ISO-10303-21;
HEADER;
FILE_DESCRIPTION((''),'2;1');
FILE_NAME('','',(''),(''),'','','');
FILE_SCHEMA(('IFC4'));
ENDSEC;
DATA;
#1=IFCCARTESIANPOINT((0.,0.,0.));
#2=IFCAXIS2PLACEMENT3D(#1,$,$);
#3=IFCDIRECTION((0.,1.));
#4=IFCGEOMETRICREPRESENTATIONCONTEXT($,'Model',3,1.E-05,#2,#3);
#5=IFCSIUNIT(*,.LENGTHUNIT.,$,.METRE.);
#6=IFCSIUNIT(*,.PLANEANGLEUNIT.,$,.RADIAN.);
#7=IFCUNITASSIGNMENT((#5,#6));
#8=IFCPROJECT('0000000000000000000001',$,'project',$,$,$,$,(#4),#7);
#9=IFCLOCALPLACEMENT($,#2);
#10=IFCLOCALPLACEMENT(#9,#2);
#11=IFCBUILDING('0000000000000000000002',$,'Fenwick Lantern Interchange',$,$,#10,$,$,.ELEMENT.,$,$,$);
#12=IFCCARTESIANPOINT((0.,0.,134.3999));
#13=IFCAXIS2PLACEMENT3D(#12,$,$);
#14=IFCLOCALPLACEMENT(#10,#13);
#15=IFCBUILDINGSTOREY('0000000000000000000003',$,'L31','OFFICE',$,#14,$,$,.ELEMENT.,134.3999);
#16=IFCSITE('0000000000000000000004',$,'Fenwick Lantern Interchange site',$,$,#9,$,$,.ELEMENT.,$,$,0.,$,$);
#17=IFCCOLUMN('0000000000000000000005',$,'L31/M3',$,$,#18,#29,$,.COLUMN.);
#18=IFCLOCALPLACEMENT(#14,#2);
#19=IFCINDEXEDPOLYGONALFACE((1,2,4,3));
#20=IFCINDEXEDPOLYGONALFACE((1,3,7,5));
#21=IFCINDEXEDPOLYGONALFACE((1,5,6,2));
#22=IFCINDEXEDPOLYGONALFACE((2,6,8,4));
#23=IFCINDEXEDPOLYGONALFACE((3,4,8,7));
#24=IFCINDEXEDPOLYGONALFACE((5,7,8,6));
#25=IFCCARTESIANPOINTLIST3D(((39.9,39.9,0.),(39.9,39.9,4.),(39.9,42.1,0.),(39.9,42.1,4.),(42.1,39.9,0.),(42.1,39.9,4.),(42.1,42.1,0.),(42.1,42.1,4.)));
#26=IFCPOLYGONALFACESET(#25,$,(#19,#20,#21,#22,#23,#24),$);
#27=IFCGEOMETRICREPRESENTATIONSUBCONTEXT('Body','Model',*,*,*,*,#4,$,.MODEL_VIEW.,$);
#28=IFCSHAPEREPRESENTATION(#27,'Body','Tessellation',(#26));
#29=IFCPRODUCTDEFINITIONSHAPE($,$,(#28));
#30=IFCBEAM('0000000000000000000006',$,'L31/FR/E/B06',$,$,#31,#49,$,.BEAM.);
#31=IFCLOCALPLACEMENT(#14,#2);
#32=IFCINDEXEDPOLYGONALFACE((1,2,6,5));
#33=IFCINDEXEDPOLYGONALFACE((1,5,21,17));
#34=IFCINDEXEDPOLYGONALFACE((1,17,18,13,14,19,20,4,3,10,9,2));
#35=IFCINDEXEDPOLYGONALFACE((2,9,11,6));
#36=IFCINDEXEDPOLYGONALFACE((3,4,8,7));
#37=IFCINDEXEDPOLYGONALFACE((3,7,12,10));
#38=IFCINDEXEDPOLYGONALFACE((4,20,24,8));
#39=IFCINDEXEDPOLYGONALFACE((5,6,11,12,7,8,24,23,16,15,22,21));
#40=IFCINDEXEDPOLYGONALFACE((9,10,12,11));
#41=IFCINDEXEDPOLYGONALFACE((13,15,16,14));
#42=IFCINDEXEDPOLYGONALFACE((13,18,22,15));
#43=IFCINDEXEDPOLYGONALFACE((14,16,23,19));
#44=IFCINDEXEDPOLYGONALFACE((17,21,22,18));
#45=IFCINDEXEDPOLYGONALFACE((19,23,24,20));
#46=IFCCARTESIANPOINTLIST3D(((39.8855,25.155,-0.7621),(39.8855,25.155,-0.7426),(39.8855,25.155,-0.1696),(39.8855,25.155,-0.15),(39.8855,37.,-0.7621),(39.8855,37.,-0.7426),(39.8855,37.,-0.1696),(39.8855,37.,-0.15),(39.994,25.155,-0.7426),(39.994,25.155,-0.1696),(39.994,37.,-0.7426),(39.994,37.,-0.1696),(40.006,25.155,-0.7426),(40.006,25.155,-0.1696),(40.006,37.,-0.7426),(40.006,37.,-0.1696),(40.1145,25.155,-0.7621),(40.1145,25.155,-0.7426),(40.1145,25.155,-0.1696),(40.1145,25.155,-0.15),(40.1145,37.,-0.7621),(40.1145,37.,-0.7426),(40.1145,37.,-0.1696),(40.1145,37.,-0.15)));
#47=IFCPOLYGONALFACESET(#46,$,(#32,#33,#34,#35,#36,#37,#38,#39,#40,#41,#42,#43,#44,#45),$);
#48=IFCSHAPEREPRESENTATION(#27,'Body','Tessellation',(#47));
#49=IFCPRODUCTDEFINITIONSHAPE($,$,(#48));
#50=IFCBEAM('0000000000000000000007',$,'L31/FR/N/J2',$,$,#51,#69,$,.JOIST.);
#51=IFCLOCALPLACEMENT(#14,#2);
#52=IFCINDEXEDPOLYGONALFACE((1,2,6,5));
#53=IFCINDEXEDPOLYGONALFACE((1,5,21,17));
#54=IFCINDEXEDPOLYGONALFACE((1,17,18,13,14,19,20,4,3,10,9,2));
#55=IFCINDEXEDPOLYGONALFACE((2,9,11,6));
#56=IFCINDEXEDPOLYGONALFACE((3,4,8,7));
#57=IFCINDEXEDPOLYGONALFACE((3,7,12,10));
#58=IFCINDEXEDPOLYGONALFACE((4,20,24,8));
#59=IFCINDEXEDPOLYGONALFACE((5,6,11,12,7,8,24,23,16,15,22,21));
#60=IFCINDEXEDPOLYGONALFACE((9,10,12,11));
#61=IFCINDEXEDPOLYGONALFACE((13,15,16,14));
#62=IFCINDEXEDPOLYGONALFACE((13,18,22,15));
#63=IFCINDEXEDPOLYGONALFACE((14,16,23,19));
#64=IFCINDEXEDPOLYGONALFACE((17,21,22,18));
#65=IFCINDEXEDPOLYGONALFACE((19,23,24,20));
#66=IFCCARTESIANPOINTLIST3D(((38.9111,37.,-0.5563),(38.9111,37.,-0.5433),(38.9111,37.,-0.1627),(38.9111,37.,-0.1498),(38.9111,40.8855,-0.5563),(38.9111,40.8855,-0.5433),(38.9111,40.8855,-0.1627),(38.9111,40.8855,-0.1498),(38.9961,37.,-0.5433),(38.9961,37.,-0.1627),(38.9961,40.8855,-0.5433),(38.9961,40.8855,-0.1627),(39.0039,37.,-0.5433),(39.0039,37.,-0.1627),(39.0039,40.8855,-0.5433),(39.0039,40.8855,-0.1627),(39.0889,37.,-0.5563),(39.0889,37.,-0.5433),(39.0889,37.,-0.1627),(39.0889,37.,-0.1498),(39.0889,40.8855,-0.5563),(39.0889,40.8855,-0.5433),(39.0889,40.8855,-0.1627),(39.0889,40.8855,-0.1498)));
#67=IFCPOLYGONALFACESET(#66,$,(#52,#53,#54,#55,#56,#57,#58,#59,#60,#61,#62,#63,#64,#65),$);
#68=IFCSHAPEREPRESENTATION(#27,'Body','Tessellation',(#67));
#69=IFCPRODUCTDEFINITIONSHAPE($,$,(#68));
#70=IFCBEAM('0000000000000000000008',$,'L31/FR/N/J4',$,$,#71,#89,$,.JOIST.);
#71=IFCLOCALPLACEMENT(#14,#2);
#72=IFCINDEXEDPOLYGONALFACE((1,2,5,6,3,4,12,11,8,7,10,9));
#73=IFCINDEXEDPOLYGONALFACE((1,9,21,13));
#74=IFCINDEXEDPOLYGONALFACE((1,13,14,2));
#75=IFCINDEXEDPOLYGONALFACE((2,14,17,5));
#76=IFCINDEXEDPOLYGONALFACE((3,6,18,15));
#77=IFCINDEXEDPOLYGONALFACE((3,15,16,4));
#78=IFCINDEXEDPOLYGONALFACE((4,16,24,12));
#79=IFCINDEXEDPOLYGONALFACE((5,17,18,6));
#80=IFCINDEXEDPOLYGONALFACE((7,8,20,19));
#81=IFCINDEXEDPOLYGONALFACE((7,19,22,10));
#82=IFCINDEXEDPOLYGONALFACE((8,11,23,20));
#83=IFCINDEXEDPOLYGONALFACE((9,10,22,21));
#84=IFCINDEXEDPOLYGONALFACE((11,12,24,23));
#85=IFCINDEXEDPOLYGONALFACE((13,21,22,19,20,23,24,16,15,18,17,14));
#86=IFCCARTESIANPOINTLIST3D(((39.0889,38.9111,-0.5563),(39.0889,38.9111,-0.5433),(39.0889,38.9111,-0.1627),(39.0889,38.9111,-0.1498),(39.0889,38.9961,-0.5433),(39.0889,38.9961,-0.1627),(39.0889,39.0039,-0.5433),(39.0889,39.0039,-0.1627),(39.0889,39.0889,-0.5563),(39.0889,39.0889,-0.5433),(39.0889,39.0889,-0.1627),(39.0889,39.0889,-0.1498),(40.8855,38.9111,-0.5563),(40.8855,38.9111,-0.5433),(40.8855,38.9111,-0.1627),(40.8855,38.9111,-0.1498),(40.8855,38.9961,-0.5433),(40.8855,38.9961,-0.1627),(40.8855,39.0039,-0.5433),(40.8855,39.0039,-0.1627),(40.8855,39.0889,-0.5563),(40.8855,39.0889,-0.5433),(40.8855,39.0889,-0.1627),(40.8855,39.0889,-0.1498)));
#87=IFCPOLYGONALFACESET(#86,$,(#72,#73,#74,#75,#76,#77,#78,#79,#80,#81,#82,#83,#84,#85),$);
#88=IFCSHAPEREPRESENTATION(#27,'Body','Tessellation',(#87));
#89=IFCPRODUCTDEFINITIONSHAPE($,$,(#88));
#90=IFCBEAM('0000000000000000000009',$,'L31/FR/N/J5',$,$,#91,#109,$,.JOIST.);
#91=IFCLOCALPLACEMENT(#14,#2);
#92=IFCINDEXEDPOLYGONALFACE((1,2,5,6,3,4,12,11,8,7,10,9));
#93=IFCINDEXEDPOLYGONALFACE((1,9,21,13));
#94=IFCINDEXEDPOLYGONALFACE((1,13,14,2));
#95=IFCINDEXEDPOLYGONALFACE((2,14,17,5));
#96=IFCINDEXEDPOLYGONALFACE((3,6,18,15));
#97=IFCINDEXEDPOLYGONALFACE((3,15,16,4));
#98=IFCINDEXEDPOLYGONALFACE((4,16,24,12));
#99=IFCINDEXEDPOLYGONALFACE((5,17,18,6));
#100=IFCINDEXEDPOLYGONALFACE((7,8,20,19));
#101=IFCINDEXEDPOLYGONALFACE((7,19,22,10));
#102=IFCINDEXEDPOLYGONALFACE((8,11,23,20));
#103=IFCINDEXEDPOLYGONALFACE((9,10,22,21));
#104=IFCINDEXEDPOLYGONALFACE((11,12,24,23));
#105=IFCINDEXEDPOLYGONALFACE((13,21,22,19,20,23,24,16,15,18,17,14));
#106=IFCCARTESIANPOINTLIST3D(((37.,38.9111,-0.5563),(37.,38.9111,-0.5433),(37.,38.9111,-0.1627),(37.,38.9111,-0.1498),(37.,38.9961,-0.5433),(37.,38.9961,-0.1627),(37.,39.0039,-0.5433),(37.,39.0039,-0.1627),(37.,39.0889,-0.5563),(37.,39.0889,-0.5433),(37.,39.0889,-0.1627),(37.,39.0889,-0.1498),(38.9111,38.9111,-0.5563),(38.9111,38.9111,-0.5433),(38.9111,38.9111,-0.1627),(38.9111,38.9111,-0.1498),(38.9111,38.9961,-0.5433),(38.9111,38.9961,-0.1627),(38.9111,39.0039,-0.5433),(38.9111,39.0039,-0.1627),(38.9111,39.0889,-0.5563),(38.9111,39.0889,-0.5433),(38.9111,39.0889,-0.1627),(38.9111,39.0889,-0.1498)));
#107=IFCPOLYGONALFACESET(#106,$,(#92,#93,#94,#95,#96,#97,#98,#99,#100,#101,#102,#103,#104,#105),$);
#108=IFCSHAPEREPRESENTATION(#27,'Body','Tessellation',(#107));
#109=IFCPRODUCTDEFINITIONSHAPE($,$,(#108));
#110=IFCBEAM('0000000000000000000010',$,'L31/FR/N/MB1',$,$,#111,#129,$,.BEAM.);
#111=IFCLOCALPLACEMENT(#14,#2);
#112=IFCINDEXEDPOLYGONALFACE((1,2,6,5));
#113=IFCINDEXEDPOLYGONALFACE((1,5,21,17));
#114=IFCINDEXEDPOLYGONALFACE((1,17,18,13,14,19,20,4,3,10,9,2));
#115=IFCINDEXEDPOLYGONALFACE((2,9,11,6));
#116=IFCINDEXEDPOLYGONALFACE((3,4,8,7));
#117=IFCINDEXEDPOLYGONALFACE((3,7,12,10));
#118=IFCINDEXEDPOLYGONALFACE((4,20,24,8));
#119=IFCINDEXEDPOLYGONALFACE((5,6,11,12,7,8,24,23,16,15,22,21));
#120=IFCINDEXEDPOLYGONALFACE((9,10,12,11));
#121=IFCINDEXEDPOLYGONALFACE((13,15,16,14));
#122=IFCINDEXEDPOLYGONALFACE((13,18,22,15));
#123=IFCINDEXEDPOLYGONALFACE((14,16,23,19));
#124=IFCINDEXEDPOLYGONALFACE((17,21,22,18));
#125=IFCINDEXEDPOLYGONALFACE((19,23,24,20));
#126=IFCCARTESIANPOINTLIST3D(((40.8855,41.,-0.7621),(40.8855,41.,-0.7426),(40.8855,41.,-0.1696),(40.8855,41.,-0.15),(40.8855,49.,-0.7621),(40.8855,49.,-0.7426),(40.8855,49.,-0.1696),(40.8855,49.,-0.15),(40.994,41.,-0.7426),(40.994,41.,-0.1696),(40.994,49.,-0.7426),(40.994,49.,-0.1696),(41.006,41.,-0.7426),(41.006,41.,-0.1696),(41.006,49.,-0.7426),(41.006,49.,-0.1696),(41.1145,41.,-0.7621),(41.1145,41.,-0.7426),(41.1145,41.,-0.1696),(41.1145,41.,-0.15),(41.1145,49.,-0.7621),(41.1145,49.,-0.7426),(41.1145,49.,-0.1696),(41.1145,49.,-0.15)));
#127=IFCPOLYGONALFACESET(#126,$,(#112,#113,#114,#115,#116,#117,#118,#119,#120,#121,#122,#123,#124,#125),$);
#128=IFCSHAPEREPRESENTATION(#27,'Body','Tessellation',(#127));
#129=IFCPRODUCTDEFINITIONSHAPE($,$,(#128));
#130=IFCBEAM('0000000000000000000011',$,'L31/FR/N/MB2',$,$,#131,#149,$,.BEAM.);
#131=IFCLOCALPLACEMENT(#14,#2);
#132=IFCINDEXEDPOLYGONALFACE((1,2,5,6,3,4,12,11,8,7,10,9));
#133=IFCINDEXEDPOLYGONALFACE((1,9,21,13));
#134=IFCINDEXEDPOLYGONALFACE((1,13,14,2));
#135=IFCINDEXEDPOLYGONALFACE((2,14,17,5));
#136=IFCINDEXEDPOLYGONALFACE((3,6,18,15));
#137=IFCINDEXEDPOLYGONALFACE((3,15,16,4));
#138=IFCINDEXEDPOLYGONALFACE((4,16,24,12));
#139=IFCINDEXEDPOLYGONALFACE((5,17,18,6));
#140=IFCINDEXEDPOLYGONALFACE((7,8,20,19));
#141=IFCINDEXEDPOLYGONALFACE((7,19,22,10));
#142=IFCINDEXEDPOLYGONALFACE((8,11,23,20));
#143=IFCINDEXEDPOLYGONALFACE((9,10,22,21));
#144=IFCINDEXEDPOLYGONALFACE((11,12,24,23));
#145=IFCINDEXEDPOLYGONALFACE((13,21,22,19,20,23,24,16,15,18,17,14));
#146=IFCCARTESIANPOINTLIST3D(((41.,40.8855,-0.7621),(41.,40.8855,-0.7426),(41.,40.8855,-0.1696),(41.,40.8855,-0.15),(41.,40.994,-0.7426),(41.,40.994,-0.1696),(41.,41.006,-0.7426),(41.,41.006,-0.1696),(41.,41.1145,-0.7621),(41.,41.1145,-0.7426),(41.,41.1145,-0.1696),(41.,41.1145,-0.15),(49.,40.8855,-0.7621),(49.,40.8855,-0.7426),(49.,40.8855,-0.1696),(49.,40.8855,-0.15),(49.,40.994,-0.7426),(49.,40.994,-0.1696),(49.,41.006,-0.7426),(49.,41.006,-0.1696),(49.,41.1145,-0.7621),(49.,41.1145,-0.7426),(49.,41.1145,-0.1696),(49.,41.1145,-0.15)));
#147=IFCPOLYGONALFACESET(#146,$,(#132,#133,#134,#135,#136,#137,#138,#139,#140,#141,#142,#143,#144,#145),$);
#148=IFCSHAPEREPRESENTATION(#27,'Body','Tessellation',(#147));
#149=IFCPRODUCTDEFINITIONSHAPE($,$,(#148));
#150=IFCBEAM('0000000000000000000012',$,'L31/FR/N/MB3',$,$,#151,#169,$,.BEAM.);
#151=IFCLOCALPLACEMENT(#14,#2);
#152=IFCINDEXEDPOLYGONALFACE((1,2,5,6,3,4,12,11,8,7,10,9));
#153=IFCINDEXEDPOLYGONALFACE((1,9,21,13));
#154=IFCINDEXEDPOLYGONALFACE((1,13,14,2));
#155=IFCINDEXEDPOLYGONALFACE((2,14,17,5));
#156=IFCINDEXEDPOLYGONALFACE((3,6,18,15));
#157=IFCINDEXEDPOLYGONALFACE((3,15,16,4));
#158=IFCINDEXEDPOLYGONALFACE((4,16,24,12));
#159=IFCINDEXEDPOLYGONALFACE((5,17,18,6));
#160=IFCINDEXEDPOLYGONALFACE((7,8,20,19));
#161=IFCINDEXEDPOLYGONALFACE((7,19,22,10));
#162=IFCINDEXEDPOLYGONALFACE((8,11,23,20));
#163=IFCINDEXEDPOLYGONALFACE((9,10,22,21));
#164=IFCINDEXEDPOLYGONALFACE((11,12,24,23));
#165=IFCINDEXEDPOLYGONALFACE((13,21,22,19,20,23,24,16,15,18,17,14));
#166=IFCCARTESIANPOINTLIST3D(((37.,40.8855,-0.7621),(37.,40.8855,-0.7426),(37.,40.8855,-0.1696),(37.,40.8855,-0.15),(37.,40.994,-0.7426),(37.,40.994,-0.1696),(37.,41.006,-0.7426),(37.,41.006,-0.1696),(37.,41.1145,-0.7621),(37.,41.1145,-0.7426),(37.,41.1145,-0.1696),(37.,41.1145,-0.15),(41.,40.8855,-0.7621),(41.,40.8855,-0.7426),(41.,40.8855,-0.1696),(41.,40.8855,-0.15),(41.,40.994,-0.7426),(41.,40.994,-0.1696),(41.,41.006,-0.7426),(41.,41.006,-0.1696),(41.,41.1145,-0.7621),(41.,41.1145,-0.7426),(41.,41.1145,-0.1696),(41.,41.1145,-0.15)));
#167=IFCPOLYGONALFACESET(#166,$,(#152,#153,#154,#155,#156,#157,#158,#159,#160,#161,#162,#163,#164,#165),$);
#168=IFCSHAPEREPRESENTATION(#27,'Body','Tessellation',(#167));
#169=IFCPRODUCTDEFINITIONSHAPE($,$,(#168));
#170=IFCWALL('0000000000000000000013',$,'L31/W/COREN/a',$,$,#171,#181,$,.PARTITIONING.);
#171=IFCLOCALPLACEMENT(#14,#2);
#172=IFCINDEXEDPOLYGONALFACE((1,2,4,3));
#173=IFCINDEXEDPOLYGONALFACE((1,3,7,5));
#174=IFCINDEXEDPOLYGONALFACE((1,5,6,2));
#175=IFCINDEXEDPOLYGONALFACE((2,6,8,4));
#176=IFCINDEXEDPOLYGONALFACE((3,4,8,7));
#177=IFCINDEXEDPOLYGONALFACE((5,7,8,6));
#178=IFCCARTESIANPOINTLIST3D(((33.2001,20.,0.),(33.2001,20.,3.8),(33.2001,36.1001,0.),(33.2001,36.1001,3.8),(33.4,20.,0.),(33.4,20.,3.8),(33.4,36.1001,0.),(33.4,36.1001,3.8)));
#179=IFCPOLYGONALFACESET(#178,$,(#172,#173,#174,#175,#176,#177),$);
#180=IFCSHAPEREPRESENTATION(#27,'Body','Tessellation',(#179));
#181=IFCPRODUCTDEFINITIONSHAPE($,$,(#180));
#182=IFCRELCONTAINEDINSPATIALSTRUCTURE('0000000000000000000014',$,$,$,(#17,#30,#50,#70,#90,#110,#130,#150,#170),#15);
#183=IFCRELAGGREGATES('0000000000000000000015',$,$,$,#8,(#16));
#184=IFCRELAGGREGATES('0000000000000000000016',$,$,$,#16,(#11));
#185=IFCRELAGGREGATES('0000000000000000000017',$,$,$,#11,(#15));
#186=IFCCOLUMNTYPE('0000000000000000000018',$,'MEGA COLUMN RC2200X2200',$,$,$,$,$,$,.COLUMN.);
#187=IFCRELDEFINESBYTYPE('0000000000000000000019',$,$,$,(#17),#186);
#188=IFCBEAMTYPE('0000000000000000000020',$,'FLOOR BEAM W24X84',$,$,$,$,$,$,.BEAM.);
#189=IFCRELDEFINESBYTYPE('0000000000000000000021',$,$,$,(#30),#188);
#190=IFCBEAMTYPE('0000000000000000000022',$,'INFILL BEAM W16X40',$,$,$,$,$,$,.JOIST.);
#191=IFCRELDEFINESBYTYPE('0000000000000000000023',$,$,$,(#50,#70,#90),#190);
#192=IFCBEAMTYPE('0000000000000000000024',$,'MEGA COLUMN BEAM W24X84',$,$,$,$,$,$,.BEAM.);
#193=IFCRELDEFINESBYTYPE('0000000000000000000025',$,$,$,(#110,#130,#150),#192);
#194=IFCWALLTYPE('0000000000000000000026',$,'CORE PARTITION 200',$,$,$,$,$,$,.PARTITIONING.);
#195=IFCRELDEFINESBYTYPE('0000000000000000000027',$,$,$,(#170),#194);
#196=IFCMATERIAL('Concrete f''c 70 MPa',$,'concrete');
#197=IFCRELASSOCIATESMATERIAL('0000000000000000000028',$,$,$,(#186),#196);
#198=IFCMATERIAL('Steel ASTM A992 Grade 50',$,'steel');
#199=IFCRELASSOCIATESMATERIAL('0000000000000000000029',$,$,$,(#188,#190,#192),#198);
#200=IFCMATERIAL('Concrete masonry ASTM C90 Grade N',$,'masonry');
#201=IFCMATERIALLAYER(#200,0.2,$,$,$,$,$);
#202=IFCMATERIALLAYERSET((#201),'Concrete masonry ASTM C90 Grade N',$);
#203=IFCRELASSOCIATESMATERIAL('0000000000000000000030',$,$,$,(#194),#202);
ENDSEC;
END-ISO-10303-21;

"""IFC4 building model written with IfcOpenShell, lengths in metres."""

from ifc_helpers import new_model, si_unit, direction, frame, frame_2d, origin, origin_2d, place, context, subcontext, project, spatial, rectangle, i_section, extrude, material, layer, layer_set, material_profile, profile_set, type_object, element, save


model = new_model("IFC4")

# Units and contexts
model_context = context("Model", 3, precision=1e-05, world=origin(), true_north=direction((0.0, 1.0)))
body_context = subcontext(model_context, "Body", "Model", "MODEL_VIEW")
ifc_project = project(units=[si_unit("LENGTHUNIT", "METRE"), si_unit("PLANEANGLEUNIT", "RADIAN")], contexts=[model_context])

# Site, building, storey
site_placement = place(None, origin())
site = spatial("IfcSite", under=ifc_project, at=site_placement, Name="Fenwick Lantern Interchange site", CompositionType="ELEMENT", RefElevation=0.0)
building_placement = place(site_placement, origin())
building = spatial("IfcBuilding", under=site, at=building_placement, Name="Fenwick Lantern Interchange", CompositionType="ELEMENT")
storey_placement = place(building_placement, frame((0.0, 0.0, 134.3999)))
storey = spatial("IfcBuildingStorey", under=building, at=storey_placement, Name="L31", Description="OFFICE", CompositionType="ELEMENT", Elevation=134.3999)

# Column
ifc_material_1 = material(Name="Concrete f'c 70 MPa", Category="concrete")
ifc_material_profile_1 = material_profile(ifc_material_1, rectangle(XDim=2.2, YDim=2.2, at=origin_2d()), Name="RC2200X2200")
ifc_profile_set_1 = profile_set([ifc_material_profile_1], Name="Concrete f'c 70 MPa")
column_type = type_object("IfcColumnType", Name="MEGA COLUMN RC2200X2200", PredefinedType="COLUMN", material=ifc_profile_set_1)
column_placement = place(storey_placement, frame((41.0, 41.0, 0.0), z_axis=(0.0, 0.0, 1.0), x_axis=(1.0, 0.0, 0.0)))
element("IfcColumn", 1, at=column_placement, inside=storey, type_object=column_type, Name="L31/M3", PredefinedType="COLUMN", context=body_context, shape_type="SweptSolid", body=[
    extrude(rectangle(XDim=2.2, YDim=2.2, at=origin_2d()), origin(), (0.0, 0.0, 1.0), 4.0),
])

# Beams
ifc_material_2 = material(Name="Steel ASTM A992 Grade 50", Category="steel")
ifc_material_profile_2 = material_profile(ifc_material_2, i_section(OverallWidth=0.229, OverallDepth=0.6121, WebThickness=0.012, FlangeThickness=0.0195, at=origin_2d()), Name="W24X84")
ifc_profile_set_2 = profile_set([ifc_material_profile_2], Name="Steel ASTM A992 Grade 50")
beam_type_1 = type_object("IfcBeamType", Name="FLOOR BEAM W24X84", PredefinedType="BEAM", material=ifc_profile_set_2)
beam_1_placement = place(storey_placement, frame((40.0, 25.155, -0.4561), z_axis=(0.0, 1.0, 0.0), x_axis=(-1.0, 0.0, 0.0)))
element("IfcBeam", 2, at=beam_1_placement, inside=storey, type_object=beam_type_1, Name="L31/FR/E/B06", PredefinedType="BEAM", context=body_context, shape_type="SweptSolid", body=[
    extrude(i_section(OverallWidth=0.229, OverallDepth=0.6121, WebThickness=0.012, FlangeThickness=0.0195, at=origin_2d()), origin(), (0.0, 0.0, 1.0), 11.845),
])
ifc_material_profile_3 = material_profile(ifc_material_2, i_section(OverallWidth=0.1777, OverallDepth=0.4065, WebThickness=0.0078, FlangeThickness=0.0129, at=origin_2d()), Name="W16X40")
ifc_profile_set_3 = profile_set([ifc_material_profile_3], Name="Steel ASTM A992 Grade 50")
beam_type_2 = type_object("IfcBeamType", Name="INFILL BEAM W16X40", PredefinedType="JOIST", material=ifc_profile_set_3)
beam_2_placement = place(storey_placement, frame((39.0, 40.8855, -0.353), z_axis=(0.0, -1.0, 0.0), x_axis=(1.0, 0.0, 0.0)))
element("IfcBeam", 3, at=beam_2_placement, inside=storey, type_object=beam_type_2, Name="L31/FR/N/J2", PredefinedType="JOIST", context=body_context, shape_type="SweptSolid", body=[
    extrude(i_section(OverallWidth=0.1777, OverallDepth=0.4065, WebThickness=0.0078, FlangeThickness=0.0129, at=origin_2d()), origin(), (0.0, 0.0, 1.0), 3.8855),
])
beam_3_placement = place(storey_placement, frame((40.8855, 39.0, -0.353), z_axis=(-1.0, 0.0, 0.0), x_axis=(0.0, -1.0, 0.0)))
element("IfcBeam", 4, at=beam_3_placement, inside=storey, type_object=beam_type_2, Name="L31/FR/N/J4", PredefinedType="JOIST", context=body_context, shape_type="SweptSolid", body=[
    extrude(i_section(OverallWidth=0.1777, OverallDepth=0.4065, WebThickness=0.0078, FlangeThickness=0.0129, at=origin_2d()), origin(), (0.0, 0.0, 1.0), 1.7966),
])
beam_4_placement = place(storey_placement, frame((38.9111, 39.0, -0.353), z_axis=(-1.0, 0.0, 0.0), x_axis=(0.0, -1.0, 0.0)))
element("IfcBeam", 5, at=beam_4_placement, inside=storey, type_object=beam_type_2, Name="L31/FR/N/J5", PredefinedType="JOIST", context=body_context, shape_type="SweptSolid", body=[
    extrude(i_section(OverallWidth=0.1777, OverallDepth=0.4065, WebThickness=0.0078, FlangeThickness=0.0129, at=origin_2d()), origin(), (0.0, 0.0, 1.0), 1.9111),
])
ifc_material_profile_4 = material_profile(ifc_material_2, i_section(OverallWidth=0.229, OverallDepth=0.6121, WebThickness=0.012, FlangeThickness=0.0195, at=origin_2d()), Name="W24X84")
ifc_profile_set_4 = profile_set([ifc_material_profile_4], Name="Steel ASTM A992 Grade 50")
beam_type_3 = type_object("IfcBeamType", Name="MEGA COLUMN BEAM W24X84", PredefinedType="BEAM", material=ifc_profile_set_4)
for number, where, z_axis, x_axis, name in (
    (6, (41.0, 41.0, -0.4561), (0.0, 1.0, 0.0), (-1.0, 0.0, 0.0), "L31/FR/N/MB1"),
    (7, (41.0, 41.0, -0.4561), (1.0, 0.0, 0.0), (0.0, 1.0, 0.0), "L31/FR/N/MB2"),
):
    element("IfcBeam", number, at=place(storey_placement, frame(where, z_axis=z_axis, x_axis=x_axis)), inside=storey, type_object=beam_type_3, Name=name, PredefinedType="BEAM", context=body_context, shape_type="SweptSolid", body=[
        extrude(i_section(OverallWidth=0.229, OverallDepth=0.6121, WebThickness=0.012, FlangeThickness=0.0195, at=origin_2d()), origin(), (0.0, 0.0, 1.0), 8.0),
    ])
beam_5_placement = place(storey_placement, frame((41.0, 41.0, -0.4561), z_axis=(-1.0, 0.0, 0.0), x_axis=(0.0, -1.0, 0.0)))
element("IfcBeam", 8, at=beam_5_placement, inside=storey, type_object=beam_type_3, Name="L31/FR/N/MB3", PredefinedType="BEAM", context=body_context, shape_type="SweptSolid", body=[
    extrude(i_section(OverallWidth=0.229, OverallDepth=0.6121, WebThickness=0.012, FlangeThickness=0.0195, at=origin_2d()), origin(), (0.0, 0.0, 1.0), 4.0),
])

# Wall
ifc_material_3 = material(Name="Concrete masonry ASTM C90 Grade N", Category="masonry")
ifc_layer_1 = layer(ifc_material_3, 0.2)
ifc_layer_set_1 = layer_set([ifc_layer_1], Name="Concrete masonry ASTM C90 Grade N")
wall_type_1 = type_object("IfcWallType", Name="CORE PARTITION 200", PredefinedType="PARTITIONING", material=ifc_layer_set_1)
wall_1_placement = place(storey_placement, frame((33.3, 36.1001, 0.0), z_axis=(0.0, 0.0, 1.0), x_axis=(0.0, -1.0, 0.0)))
element("IfcWall", 9, at=wall_1_placement, inside=storey, type_object=wall_type_1, Name="L31/W/COREN/a", PredefinedType="PARTITIONING", context=body_context, shape_type="SweptSolid", body=[
    extrude(rectangle(XDim=16.1001, YDim=0.2, at=frame_2d((8.05, 0.0))), origin(), (0.0, 0.0, 1.0), 3.8),
])

save(model, "model.ifc")
